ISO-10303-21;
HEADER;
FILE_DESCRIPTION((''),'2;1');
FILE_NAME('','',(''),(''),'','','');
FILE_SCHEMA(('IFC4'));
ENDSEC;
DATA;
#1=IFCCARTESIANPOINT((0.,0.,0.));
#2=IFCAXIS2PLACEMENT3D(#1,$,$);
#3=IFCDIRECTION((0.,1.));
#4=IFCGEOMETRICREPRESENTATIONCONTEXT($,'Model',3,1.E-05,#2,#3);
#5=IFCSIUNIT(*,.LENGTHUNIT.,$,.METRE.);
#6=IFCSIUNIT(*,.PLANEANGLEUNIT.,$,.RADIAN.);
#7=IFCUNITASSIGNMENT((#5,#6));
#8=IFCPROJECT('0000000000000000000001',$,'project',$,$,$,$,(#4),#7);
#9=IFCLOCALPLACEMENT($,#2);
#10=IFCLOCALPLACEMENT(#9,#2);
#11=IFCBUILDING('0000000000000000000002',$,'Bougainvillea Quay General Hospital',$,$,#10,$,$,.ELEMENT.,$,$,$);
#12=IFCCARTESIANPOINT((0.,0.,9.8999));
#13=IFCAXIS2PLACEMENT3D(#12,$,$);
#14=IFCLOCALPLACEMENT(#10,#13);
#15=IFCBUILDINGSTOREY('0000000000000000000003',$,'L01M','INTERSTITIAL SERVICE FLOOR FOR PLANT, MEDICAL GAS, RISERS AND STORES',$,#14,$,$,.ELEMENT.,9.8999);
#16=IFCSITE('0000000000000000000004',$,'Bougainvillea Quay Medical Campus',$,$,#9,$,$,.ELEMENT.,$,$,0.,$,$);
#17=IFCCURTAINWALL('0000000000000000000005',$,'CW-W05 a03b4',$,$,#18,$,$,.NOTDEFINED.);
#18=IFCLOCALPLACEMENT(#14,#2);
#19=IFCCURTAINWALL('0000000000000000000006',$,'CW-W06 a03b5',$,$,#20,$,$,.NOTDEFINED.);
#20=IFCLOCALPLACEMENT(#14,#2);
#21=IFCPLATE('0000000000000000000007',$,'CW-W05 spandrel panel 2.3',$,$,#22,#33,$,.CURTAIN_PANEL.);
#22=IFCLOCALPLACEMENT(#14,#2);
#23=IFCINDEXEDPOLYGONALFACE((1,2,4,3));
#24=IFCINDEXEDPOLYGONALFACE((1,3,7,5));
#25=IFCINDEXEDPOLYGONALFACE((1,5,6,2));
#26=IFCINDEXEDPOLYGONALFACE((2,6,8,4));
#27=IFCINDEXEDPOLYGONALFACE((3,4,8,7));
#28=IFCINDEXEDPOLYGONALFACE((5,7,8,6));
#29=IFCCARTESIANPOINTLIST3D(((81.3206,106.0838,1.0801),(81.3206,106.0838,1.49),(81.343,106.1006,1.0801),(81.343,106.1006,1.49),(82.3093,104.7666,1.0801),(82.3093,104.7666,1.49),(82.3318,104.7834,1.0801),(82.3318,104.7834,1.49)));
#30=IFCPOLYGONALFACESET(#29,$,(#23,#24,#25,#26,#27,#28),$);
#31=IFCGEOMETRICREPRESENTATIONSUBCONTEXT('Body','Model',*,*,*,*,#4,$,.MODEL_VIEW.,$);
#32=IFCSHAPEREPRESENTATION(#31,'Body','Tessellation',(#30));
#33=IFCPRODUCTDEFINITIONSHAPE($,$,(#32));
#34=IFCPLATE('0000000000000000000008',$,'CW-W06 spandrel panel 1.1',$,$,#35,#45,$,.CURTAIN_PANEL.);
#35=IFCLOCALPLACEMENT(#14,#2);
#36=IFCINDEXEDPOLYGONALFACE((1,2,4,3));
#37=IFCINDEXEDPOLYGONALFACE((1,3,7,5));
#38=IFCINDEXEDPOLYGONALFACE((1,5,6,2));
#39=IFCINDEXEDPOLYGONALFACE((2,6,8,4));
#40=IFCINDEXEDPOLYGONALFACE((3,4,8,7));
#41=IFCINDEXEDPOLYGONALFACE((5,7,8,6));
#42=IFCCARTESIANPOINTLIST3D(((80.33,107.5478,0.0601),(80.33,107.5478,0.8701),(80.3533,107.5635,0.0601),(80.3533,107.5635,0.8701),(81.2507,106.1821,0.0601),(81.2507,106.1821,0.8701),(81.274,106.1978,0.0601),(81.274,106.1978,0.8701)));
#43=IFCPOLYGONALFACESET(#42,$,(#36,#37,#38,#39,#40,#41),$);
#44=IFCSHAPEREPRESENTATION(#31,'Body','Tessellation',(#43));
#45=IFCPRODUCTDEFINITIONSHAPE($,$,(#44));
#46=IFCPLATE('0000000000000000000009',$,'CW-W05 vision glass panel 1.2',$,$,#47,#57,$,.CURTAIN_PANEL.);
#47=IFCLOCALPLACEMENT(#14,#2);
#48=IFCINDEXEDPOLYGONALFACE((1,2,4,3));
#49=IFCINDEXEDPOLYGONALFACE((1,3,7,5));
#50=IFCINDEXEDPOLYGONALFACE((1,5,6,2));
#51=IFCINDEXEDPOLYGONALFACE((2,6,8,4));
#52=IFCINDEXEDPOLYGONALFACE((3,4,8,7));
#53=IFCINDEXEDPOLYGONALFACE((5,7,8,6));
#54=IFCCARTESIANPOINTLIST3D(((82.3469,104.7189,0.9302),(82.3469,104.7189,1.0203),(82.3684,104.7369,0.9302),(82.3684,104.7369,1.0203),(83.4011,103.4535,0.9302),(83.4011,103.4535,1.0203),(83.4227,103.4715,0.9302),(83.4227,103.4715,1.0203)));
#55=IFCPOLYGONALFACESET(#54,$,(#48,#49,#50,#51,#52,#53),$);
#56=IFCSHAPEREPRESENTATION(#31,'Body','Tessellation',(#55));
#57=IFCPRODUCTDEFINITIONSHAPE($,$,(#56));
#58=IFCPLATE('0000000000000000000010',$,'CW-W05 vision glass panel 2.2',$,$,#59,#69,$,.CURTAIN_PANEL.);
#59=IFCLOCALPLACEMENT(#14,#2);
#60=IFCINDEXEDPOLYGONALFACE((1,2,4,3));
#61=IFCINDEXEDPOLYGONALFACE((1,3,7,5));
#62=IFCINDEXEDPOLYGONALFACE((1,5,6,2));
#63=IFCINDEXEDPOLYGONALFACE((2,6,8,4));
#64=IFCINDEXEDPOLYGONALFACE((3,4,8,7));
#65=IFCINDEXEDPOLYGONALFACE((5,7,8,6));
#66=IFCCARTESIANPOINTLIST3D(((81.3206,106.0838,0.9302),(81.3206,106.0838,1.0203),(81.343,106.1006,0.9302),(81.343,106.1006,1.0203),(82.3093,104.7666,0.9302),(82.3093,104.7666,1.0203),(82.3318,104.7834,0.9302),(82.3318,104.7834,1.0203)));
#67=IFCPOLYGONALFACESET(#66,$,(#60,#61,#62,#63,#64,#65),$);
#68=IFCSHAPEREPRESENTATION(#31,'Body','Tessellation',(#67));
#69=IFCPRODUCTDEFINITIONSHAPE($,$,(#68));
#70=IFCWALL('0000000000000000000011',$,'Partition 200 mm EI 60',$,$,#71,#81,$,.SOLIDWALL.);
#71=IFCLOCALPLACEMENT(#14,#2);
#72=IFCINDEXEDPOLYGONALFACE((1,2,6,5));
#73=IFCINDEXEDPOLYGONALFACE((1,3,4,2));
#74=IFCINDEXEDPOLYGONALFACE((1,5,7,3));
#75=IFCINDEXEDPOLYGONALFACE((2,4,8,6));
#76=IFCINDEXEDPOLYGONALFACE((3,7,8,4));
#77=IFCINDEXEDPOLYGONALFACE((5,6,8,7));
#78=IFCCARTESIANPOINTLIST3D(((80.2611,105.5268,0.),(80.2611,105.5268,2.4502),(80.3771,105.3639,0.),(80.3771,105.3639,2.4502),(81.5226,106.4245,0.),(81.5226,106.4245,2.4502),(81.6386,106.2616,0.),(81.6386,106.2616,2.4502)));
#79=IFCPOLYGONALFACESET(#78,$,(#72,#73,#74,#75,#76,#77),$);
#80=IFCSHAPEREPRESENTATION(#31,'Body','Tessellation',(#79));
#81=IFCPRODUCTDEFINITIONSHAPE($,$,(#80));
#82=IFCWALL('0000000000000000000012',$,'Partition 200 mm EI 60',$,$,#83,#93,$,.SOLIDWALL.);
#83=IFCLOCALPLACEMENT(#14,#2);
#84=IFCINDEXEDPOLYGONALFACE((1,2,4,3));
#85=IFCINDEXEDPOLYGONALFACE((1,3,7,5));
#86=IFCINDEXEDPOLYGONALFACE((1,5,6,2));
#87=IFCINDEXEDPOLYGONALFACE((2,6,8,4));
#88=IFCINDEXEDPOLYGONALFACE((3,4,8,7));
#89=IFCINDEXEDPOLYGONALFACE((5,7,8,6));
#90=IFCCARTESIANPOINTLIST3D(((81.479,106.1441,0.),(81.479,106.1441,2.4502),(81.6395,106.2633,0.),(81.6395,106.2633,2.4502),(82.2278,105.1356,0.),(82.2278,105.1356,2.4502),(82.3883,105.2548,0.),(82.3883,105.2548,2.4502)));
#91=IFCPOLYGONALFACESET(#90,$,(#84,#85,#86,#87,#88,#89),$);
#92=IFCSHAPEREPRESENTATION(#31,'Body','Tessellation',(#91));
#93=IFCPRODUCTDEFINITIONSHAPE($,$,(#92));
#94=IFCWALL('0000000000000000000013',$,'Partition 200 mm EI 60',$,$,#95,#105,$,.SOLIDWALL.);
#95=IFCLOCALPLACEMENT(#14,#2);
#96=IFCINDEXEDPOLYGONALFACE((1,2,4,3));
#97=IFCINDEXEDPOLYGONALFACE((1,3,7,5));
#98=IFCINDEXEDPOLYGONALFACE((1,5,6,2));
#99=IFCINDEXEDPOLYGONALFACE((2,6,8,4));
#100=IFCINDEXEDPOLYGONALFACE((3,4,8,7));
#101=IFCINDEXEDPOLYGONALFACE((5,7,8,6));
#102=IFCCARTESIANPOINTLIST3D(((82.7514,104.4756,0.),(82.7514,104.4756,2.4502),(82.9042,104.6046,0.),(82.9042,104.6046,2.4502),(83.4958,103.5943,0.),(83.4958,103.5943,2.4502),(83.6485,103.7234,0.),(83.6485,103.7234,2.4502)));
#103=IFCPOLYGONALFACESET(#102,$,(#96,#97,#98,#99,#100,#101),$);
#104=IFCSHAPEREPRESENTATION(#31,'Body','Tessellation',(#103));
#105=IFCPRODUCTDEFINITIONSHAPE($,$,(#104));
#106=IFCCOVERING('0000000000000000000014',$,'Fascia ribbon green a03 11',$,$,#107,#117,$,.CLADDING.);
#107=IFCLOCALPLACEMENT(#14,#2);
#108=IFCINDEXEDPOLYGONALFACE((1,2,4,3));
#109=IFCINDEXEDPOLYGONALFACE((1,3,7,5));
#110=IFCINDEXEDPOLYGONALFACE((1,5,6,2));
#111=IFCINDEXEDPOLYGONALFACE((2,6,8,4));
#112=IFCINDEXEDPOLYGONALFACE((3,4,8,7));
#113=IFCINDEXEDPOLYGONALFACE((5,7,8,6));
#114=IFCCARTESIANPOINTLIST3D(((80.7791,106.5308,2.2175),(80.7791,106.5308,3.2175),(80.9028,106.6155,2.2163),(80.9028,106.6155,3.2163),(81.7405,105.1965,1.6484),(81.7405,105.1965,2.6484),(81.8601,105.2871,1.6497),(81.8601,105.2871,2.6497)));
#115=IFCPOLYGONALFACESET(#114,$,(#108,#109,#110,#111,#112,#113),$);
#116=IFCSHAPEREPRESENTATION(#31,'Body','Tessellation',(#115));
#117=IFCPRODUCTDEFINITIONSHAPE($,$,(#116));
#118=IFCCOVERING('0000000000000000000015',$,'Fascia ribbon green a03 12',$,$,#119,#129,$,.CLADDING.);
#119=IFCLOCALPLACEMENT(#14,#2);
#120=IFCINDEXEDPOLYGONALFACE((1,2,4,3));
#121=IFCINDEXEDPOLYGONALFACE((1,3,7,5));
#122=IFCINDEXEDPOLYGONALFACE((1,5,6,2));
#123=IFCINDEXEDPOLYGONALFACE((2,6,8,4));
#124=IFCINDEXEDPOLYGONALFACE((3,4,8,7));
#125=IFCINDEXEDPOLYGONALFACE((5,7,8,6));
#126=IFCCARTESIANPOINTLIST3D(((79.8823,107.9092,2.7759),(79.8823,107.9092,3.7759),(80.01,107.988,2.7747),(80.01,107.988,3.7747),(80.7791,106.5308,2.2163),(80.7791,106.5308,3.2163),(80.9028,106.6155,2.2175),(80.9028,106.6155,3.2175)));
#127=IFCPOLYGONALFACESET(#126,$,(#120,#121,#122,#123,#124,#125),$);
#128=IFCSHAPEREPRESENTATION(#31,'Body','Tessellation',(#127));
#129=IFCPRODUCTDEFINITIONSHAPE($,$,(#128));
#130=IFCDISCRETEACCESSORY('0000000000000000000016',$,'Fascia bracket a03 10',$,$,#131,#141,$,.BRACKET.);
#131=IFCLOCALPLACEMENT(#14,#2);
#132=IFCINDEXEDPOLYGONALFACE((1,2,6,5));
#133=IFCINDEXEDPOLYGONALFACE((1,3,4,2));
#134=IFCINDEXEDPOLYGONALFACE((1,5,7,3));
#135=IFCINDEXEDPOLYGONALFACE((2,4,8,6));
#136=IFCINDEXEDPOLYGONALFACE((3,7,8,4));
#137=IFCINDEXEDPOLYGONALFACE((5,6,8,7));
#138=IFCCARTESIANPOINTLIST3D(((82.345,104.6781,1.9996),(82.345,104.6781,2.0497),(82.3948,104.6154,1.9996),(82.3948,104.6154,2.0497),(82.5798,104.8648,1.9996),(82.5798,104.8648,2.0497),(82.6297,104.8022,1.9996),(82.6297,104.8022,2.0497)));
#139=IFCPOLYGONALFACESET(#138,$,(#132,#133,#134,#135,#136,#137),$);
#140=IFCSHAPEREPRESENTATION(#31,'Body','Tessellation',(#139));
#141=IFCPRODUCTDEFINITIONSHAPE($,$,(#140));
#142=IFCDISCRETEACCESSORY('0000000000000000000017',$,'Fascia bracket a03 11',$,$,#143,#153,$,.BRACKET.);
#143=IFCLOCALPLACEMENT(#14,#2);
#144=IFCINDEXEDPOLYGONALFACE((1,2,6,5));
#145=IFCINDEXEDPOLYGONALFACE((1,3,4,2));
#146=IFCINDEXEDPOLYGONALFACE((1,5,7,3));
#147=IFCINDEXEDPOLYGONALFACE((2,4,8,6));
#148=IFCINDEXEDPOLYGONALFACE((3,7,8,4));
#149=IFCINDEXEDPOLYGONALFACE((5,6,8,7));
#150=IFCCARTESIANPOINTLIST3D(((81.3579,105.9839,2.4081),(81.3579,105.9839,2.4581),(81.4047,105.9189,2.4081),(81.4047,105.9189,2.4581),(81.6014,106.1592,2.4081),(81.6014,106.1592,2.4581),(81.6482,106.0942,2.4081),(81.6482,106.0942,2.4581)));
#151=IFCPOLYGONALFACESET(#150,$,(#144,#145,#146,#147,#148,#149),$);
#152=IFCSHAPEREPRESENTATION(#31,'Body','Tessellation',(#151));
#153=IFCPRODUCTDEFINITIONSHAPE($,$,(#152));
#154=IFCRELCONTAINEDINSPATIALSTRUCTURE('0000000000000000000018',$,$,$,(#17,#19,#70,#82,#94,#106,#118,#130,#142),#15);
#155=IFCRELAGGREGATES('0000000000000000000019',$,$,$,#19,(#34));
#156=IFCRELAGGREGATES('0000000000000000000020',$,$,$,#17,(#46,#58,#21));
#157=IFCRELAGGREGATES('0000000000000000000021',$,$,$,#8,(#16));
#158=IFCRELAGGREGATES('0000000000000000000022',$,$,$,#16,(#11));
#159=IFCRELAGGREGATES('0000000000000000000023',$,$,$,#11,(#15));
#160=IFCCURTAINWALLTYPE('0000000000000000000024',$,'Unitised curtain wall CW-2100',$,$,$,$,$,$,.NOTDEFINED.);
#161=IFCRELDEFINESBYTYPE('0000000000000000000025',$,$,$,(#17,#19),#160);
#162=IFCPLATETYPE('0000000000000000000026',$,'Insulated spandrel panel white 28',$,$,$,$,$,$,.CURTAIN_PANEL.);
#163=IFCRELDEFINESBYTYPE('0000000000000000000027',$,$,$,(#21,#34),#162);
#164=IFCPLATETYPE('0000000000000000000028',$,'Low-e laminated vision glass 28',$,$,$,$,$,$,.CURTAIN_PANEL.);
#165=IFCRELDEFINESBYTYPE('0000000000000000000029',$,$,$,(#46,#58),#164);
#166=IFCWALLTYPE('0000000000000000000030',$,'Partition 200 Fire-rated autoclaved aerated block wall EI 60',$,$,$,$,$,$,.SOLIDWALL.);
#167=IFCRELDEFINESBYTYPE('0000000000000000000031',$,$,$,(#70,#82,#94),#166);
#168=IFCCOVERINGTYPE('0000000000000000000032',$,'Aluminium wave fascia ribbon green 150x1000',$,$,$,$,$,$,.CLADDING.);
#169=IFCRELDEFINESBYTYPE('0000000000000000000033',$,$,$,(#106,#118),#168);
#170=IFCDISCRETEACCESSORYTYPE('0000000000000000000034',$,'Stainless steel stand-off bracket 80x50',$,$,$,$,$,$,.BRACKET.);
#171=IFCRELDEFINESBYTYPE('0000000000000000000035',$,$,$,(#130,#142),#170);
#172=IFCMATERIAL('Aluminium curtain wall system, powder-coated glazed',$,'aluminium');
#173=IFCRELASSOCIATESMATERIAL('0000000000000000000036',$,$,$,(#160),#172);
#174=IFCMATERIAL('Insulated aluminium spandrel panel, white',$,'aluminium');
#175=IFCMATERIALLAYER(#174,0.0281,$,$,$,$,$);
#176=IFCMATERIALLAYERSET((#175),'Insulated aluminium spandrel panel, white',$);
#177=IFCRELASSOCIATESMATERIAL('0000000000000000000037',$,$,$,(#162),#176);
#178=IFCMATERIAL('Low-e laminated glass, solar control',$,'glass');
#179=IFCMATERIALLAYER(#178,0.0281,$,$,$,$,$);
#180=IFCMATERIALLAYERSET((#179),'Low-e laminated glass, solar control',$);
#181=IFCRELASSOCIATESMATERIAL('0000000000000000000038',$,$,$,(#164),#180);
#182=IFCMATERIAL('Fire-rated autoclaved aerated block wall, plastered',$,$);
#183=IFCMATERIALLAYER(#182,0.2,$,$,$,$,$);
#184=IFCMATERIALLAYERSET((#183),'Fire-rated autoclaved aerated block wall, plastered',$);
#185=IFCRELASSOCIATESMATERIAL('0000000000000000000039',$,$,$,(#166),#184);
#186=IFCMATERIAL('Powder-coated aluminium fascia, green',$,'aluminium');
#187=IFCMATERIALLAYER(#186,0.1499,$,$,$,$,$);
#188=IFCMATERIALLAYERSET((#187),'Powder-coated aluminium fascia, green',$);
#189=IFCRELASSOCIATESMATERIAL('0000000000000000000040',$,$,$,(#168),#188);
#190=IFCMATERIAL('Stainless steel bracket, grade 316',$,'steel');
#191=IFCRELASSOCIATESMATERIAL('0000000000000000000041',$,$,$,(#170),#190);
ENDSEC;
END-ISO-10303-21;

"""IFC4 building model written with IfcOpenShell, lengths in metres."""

from ifc_helpers import new_model, si_unit, direction, frame, frame_2d, origin, origin_2d, place, context, subcontext, project, spatial, polyline, rectangle, outline, extrude, material, layer, layer_set, material_profile, profile_set, type_object, element, aggregate, save


model = new_model("IFC4")

# Units and contexts
model_context = context("Model", 3, precision=1e-05, world=origin(), true_north=direction((0.0, 1.0)))
body_context = subcontext(model_context, "Body", "Model", "MODEL_VIEW")
ifc_project = project(units=[si_unit("LENGTHUNIT", "METRE"), si_unit("PLANEANGLEUNIT", "RADIAN")], contexts=[model_context])

# Site, building, storey
site_placement = place(None, origin())
site = spatial("IfcSite", under=ifc_project, at=site_placement, Name="Bougainvillea Quay Medical Campus", CompositionType="ELEMENT", RefElevation=0.0)
building_placement = place(site_placement, origin())
building = spatial("IfcBuilding", under=site, at=building_placement, Name="Bougainvillea Quay General Hospital", CompositionType="ELEMENT")
storey_placement = place(building_placement, frame((0.0, 0.0, 9.8999)))
storey = spatial("IfcBuildingStorey", under=building, at=storey_placement, Name="L01M", Description="INTERSTITIAL SERVICE FLOOR FOR PLANT, MEDICAL GAS, RISERS AND STORES", CompositionType="ELEMENT", Elevation=9.8999)

# Curtain wall
ifc_material_1 = material(Name="Aluminium curtain wall system, powder-coated glazed", Category="aluminium")
curtain_wall_type = type_object("IfcCurtainWallType", Name="Unitised curtain wall CW-2100", PredefinedType="NOTDEFINED", material=ifc_material_1)
curtain_wall_1_placement = place(storey_placement, origin())
curtain_wall_1 = element("IfcCurtainWall", 1, at=curtain_wall_1_placement, inside=storey, type_object=curtain_wall_type, Name="CW-W05 a03b4", PredefinedType="NOTDEFINED")

# Curtain wall
curtain_wall_2_placement = place(storey_placement, origin())
curtain_wall_2 = element("IfcCurtainWall", 2, at=curtain_wall_2_placement, inside=storey, type_object=curtain_wall_type, Name="CW-W06 a03b5", PredefinedType="NOTDEFINED")

# Plates
ifc_material_2 = material(Name="Insulated aluminium spandrel panel, white", Category="aluminium")
ifc_layer_1 = layer(ifc_material_2, 0.0281)
ifc_layer_set_1 = layer_set([ifc_layer_1], Name="Insulated aluminium spandrel panel, white")
plate_type_1 = type_object("IfcPlateType", Name="Insulated spandrel panel white 28", PredefinedType="CURTAIN_PANEL", material=ifc_layer_set_1)
plate_1_placement = place(storey_placement, frame((81.8262, 105.4336, 1.0801), z_axis=(0.0, 0.0, 1.0), x_axis=(-0.600323, 0.799758, 0.0)))
plate_1 = element("IfcPlate", 3, at=plate_1_placement, type_object=plate_type_1, Name="CW-W05 spandrel panel 2.3", PredefinedType="CURTAIN_PANEL", context=body_context, shape_type="SweptSolid", body=[
    extrude(rectangle(XDim=1.647, YDim=0.0281, at=origin_2d()), origin(), (0.0, 0.0, 1.0), 0.4099),
])
plate_2_placement = place(storey_placement, frame((80.802, 106.8728, 0.0601), z_axis=(0.0, 0.0, 1.0), x_axis=(-0.559005, 0.829164, 0.0)))
plate_2 = element("IfcPlate", 4, at=plate_2_placement, type_object=plate_type_1, Name="CW-W06 spandrel panel 1.1", PredefinedType="CURTAIN_PANEL", context=body_context, shape_type="SweptSolid", body=[
    extrude(rectangle(XDim=1.647, YDim=0.0281, at=origin_2d()), origin(), (0.0, 0.0, 1.0), 0.8101),
])
aggregate(curtain_wall_2, [plate_2])
ifc_material_3 = material(Name="Low-e laminated glass, solar control", Category="glass")
ifc_layer_2 = layer(ifc_material_3, 0.0281)
ifc_layer_set_2 = layer_set([ifc_layer_2], Name="Low-e laminated glass, solar control")
plate_type_2 = type_object("IfcPlateType", Name="Low-e laminated vision glass 28", PredefinedType="CURTAIN_PANEL", material=ifc_layer_set_2)
plate_3_placement = place(storey_placement, frame((82.8848, 104.0952, 0.9302), z_axis=(0.0, 0.0, 1.0), x_axis=(-0.640096, 0.768295, 0.0)))
plate_3 = element("IfcPlate", 5, at=plate_3_placement, type_object=plate_type_2, Name="CW-W05 vision glass panel 1.2", PredefinedType="CURTAIN_PANEL", context=body_context, shape_type="SweptSolid", body=[
    extrude(rectangle(XDim=1.647, YDim=0.0281, at=origin_2d()), origin(), (0.0, 0.0, 1.0), 0.0901),
])
plate_4_placement = place(storey_placement, frame((81.8262, 105.4336, 0.9302), z_axis=(0.0, 0.0, 1.0), x_axis=(-0.600323, 0.799758, 0.0)))
plate_4 = element("IfcPlate", 6, at=plate_4_placement, type_object=plate_type_2, Name="CW-W05 vision glass panel 2.2", PredefinedType="CURTAIN_PANEL", context=body_context, shape_type="SweptSolid", body=[
    extrude(rectangle(XDim=1.647, YDim=0.0281, at=origin_2d()), origin(), (0.0, 0.0, 1.0), 0.0901),
])
aggregate(curtain_wall_1, [plate_3, plate_4, plate_1])

# Walls
ifc_material_4 = material(Name="Fire-rated autoclaved aerated block wall, plastered")
ifc_layer_3 = layer(ifc_material_4, 0.2)
ifc_layer_set_3 = layer_set([ifc_layer_3], Name="Fire-rated autoclaved aerated block wall, plastered")
wall_type = type_object("IfcWallType", Name="Partition 200 Fire-rated autoclaved aerated block wall EI 60", PredefinedType="SOLIDWALL", material=ifc_layer_set_3)
wall_1_placement = place(storey_placement, frame((80.3191, 105.4453, 0.0), z_axis=(0.0, 0.0, 1.0), x_axis=(0.814755, 0.579805, 0.0)))
element("IfcWall", 7, at=wall_1_placement, inside=storey, type_object=wall_type, Name="Partition 200 mm EI 60", PredefinedType="SOLIDWALL", context=body_context, shape_type="SweptSolid", body=[
    extrude(rectangle(XDim=1.5483, YDim=0.2, at=frame_2d((0.7742, 0.0))), origin(), (0.0, 0.0, 1.0), 2.4502),
])
wall_2_placement = place(storey_placement, frame((81.5593, 106.2036, 0.0), z_axis=(0.0, 0.0, 1.0), x_axis=(0.596106, -0.802906, 0.0)))
element("IfcWall", 8, at=wall_2_placement, inside=storey, type_object=wall_type, Name="Partition 200 mm EI 60", PredefinedType="SOLIDWALL", context=body_context, shape_type="SweptSolid", body=[
    extrude(rectangle(XDim=1.2561, YDim=0.2, at=frame_2d((0.6279, 0.0))), origin(), (0.0, 0.0, 1.0), 2.4502),
])
wall_3_placement = place(storey_placement, frame((82.8279, 104.54, 0.0), z_axis=(0.0, 0.0, 1.0), x_axis=(0.645249, -0.763972, 0.0)))
element("IfcWall", 9, at=wall_3_placement, inside=storey, type_object=wall_type, Name="Partition 200 mm EI 60", PredefinedType="SOLIDWALL", context=body_context, shape_type="SweptSolid", body=[
    extrude(rectangle(XDim=1.1536, YDim=0.2, at=frame_2d((0.5767, 0.0))), origin(), (0.0, 0.0, 1.0), 2.4502),
])

# Coverings
ifc_material_5 = material(Name="Powder-coated aluminium fascia, green", Category="aluminium")
ifc_layer_4 = layer(ifc_material_5, 0.1499)
ifc_layer_set_4 = layer_set([ifc_layer_4], Name="Powder-coated aluminium fascia, green")
covering_type = type_object("IfcCoveringType", Name="Aluminium wave fascia ribbon green 150x1000", PredefinedType="CLADDING", material=ifc_layer_set_4)
covering_1_placement = place(storey_placement, frame((81.8601, 105.2871, 1.6497), z_axis=(0.191115, -0.265379, 0.945013), x_axis=(-0.552498, 0.766678, 0.327034)))
element("IfcCovering", 10, at=covering_1_placement, inside=storey, type_object=covering_type, Name="Fascia ribbon green a03 11", PredefinedType="CLADDING", context=body_context, shape_type="SweptSolid", body=[
    extrude(outline(polyline([(0.0, 0.0), (1.7326, 0.0), (1.7365, 0.15), (-0.0037, 0.15), (0.0, 0.0)])), origin(), (0.327034, -0.000097, 0.945013), 1.0),
])
covering_2_placement = place(storey_placement, frame((80.9028, 106.6155, 2.2175), z_axis=(0.175649, -0.270028, 0.946695), x_axis=(-0.516206, 0.793577, 0.32213)))
element("IfcCovering", 11, at=covering_2_placement, inside=storey, type_object=covering_type, Name="Fascia ribbon green a03 12", PredefinedType="CLADDING", context=body_context, shape_type="SweptSolid", body=[
    extrude(outline(polyline([(0.0, 0.0), (1.7296, 0.0), (1.7333, 0.15), (-0.0037, 0.15), (0.0, 0.0)])), origin(), (0.32213, 0.000001, 0.946695), 1.0),
])

# Discrete accessories
ifc_material_6 = material(Name="Stainless steel bracket, grade 316", Category="steel")
ifc_material_profile_1 = material_profile(ifc_material_6, rectangle(XDim=0.0801, YDim=0.05, at=origin_2d()))
ifc_profile_set_1 = profile_set([ifc_material_profile_1], Name="Stainless steel bracket, grade 316")
discrete_accessory_type = type_object("IfcDiscreteAccessoryType", Name="Stainless steel stand-off bracket 80x50", PredefinedType="BRACKET", material=ifc_profile_set_1)
for number, where, z_axis, x_axis, name in (
    (12, (82.6047, 104.8335, 2.0247), (-0.782691, -0.62241, 0.0), (0.62241, -0.782691, 0.0), "Fascia bracket a03 10"),
    (13, (81.6248, 106.1267, 2.4331), (-0.811473, -0.58439, 0.0), (0.58439, -0.811473, 0.0), "Fascia bracket a03 11"),
):
    element("IfcDiscreteAccessory", number, at=place(storey_placement, frame(where, z_axis=z_axis, x_axis=x_axis)), inside=storey, type_object=discrete_accessory_type, Name=name, PredefinedType="BRACKET", context=body_context, shape_type="SweptSolid", body=[
        extrude(rectangle(XDim=0.0801, YDim=0.05, at=origin_2d()), origin(), (0.0, 0.0, 1.0), 0.3),
    ])

save(model, "model.ifc")
